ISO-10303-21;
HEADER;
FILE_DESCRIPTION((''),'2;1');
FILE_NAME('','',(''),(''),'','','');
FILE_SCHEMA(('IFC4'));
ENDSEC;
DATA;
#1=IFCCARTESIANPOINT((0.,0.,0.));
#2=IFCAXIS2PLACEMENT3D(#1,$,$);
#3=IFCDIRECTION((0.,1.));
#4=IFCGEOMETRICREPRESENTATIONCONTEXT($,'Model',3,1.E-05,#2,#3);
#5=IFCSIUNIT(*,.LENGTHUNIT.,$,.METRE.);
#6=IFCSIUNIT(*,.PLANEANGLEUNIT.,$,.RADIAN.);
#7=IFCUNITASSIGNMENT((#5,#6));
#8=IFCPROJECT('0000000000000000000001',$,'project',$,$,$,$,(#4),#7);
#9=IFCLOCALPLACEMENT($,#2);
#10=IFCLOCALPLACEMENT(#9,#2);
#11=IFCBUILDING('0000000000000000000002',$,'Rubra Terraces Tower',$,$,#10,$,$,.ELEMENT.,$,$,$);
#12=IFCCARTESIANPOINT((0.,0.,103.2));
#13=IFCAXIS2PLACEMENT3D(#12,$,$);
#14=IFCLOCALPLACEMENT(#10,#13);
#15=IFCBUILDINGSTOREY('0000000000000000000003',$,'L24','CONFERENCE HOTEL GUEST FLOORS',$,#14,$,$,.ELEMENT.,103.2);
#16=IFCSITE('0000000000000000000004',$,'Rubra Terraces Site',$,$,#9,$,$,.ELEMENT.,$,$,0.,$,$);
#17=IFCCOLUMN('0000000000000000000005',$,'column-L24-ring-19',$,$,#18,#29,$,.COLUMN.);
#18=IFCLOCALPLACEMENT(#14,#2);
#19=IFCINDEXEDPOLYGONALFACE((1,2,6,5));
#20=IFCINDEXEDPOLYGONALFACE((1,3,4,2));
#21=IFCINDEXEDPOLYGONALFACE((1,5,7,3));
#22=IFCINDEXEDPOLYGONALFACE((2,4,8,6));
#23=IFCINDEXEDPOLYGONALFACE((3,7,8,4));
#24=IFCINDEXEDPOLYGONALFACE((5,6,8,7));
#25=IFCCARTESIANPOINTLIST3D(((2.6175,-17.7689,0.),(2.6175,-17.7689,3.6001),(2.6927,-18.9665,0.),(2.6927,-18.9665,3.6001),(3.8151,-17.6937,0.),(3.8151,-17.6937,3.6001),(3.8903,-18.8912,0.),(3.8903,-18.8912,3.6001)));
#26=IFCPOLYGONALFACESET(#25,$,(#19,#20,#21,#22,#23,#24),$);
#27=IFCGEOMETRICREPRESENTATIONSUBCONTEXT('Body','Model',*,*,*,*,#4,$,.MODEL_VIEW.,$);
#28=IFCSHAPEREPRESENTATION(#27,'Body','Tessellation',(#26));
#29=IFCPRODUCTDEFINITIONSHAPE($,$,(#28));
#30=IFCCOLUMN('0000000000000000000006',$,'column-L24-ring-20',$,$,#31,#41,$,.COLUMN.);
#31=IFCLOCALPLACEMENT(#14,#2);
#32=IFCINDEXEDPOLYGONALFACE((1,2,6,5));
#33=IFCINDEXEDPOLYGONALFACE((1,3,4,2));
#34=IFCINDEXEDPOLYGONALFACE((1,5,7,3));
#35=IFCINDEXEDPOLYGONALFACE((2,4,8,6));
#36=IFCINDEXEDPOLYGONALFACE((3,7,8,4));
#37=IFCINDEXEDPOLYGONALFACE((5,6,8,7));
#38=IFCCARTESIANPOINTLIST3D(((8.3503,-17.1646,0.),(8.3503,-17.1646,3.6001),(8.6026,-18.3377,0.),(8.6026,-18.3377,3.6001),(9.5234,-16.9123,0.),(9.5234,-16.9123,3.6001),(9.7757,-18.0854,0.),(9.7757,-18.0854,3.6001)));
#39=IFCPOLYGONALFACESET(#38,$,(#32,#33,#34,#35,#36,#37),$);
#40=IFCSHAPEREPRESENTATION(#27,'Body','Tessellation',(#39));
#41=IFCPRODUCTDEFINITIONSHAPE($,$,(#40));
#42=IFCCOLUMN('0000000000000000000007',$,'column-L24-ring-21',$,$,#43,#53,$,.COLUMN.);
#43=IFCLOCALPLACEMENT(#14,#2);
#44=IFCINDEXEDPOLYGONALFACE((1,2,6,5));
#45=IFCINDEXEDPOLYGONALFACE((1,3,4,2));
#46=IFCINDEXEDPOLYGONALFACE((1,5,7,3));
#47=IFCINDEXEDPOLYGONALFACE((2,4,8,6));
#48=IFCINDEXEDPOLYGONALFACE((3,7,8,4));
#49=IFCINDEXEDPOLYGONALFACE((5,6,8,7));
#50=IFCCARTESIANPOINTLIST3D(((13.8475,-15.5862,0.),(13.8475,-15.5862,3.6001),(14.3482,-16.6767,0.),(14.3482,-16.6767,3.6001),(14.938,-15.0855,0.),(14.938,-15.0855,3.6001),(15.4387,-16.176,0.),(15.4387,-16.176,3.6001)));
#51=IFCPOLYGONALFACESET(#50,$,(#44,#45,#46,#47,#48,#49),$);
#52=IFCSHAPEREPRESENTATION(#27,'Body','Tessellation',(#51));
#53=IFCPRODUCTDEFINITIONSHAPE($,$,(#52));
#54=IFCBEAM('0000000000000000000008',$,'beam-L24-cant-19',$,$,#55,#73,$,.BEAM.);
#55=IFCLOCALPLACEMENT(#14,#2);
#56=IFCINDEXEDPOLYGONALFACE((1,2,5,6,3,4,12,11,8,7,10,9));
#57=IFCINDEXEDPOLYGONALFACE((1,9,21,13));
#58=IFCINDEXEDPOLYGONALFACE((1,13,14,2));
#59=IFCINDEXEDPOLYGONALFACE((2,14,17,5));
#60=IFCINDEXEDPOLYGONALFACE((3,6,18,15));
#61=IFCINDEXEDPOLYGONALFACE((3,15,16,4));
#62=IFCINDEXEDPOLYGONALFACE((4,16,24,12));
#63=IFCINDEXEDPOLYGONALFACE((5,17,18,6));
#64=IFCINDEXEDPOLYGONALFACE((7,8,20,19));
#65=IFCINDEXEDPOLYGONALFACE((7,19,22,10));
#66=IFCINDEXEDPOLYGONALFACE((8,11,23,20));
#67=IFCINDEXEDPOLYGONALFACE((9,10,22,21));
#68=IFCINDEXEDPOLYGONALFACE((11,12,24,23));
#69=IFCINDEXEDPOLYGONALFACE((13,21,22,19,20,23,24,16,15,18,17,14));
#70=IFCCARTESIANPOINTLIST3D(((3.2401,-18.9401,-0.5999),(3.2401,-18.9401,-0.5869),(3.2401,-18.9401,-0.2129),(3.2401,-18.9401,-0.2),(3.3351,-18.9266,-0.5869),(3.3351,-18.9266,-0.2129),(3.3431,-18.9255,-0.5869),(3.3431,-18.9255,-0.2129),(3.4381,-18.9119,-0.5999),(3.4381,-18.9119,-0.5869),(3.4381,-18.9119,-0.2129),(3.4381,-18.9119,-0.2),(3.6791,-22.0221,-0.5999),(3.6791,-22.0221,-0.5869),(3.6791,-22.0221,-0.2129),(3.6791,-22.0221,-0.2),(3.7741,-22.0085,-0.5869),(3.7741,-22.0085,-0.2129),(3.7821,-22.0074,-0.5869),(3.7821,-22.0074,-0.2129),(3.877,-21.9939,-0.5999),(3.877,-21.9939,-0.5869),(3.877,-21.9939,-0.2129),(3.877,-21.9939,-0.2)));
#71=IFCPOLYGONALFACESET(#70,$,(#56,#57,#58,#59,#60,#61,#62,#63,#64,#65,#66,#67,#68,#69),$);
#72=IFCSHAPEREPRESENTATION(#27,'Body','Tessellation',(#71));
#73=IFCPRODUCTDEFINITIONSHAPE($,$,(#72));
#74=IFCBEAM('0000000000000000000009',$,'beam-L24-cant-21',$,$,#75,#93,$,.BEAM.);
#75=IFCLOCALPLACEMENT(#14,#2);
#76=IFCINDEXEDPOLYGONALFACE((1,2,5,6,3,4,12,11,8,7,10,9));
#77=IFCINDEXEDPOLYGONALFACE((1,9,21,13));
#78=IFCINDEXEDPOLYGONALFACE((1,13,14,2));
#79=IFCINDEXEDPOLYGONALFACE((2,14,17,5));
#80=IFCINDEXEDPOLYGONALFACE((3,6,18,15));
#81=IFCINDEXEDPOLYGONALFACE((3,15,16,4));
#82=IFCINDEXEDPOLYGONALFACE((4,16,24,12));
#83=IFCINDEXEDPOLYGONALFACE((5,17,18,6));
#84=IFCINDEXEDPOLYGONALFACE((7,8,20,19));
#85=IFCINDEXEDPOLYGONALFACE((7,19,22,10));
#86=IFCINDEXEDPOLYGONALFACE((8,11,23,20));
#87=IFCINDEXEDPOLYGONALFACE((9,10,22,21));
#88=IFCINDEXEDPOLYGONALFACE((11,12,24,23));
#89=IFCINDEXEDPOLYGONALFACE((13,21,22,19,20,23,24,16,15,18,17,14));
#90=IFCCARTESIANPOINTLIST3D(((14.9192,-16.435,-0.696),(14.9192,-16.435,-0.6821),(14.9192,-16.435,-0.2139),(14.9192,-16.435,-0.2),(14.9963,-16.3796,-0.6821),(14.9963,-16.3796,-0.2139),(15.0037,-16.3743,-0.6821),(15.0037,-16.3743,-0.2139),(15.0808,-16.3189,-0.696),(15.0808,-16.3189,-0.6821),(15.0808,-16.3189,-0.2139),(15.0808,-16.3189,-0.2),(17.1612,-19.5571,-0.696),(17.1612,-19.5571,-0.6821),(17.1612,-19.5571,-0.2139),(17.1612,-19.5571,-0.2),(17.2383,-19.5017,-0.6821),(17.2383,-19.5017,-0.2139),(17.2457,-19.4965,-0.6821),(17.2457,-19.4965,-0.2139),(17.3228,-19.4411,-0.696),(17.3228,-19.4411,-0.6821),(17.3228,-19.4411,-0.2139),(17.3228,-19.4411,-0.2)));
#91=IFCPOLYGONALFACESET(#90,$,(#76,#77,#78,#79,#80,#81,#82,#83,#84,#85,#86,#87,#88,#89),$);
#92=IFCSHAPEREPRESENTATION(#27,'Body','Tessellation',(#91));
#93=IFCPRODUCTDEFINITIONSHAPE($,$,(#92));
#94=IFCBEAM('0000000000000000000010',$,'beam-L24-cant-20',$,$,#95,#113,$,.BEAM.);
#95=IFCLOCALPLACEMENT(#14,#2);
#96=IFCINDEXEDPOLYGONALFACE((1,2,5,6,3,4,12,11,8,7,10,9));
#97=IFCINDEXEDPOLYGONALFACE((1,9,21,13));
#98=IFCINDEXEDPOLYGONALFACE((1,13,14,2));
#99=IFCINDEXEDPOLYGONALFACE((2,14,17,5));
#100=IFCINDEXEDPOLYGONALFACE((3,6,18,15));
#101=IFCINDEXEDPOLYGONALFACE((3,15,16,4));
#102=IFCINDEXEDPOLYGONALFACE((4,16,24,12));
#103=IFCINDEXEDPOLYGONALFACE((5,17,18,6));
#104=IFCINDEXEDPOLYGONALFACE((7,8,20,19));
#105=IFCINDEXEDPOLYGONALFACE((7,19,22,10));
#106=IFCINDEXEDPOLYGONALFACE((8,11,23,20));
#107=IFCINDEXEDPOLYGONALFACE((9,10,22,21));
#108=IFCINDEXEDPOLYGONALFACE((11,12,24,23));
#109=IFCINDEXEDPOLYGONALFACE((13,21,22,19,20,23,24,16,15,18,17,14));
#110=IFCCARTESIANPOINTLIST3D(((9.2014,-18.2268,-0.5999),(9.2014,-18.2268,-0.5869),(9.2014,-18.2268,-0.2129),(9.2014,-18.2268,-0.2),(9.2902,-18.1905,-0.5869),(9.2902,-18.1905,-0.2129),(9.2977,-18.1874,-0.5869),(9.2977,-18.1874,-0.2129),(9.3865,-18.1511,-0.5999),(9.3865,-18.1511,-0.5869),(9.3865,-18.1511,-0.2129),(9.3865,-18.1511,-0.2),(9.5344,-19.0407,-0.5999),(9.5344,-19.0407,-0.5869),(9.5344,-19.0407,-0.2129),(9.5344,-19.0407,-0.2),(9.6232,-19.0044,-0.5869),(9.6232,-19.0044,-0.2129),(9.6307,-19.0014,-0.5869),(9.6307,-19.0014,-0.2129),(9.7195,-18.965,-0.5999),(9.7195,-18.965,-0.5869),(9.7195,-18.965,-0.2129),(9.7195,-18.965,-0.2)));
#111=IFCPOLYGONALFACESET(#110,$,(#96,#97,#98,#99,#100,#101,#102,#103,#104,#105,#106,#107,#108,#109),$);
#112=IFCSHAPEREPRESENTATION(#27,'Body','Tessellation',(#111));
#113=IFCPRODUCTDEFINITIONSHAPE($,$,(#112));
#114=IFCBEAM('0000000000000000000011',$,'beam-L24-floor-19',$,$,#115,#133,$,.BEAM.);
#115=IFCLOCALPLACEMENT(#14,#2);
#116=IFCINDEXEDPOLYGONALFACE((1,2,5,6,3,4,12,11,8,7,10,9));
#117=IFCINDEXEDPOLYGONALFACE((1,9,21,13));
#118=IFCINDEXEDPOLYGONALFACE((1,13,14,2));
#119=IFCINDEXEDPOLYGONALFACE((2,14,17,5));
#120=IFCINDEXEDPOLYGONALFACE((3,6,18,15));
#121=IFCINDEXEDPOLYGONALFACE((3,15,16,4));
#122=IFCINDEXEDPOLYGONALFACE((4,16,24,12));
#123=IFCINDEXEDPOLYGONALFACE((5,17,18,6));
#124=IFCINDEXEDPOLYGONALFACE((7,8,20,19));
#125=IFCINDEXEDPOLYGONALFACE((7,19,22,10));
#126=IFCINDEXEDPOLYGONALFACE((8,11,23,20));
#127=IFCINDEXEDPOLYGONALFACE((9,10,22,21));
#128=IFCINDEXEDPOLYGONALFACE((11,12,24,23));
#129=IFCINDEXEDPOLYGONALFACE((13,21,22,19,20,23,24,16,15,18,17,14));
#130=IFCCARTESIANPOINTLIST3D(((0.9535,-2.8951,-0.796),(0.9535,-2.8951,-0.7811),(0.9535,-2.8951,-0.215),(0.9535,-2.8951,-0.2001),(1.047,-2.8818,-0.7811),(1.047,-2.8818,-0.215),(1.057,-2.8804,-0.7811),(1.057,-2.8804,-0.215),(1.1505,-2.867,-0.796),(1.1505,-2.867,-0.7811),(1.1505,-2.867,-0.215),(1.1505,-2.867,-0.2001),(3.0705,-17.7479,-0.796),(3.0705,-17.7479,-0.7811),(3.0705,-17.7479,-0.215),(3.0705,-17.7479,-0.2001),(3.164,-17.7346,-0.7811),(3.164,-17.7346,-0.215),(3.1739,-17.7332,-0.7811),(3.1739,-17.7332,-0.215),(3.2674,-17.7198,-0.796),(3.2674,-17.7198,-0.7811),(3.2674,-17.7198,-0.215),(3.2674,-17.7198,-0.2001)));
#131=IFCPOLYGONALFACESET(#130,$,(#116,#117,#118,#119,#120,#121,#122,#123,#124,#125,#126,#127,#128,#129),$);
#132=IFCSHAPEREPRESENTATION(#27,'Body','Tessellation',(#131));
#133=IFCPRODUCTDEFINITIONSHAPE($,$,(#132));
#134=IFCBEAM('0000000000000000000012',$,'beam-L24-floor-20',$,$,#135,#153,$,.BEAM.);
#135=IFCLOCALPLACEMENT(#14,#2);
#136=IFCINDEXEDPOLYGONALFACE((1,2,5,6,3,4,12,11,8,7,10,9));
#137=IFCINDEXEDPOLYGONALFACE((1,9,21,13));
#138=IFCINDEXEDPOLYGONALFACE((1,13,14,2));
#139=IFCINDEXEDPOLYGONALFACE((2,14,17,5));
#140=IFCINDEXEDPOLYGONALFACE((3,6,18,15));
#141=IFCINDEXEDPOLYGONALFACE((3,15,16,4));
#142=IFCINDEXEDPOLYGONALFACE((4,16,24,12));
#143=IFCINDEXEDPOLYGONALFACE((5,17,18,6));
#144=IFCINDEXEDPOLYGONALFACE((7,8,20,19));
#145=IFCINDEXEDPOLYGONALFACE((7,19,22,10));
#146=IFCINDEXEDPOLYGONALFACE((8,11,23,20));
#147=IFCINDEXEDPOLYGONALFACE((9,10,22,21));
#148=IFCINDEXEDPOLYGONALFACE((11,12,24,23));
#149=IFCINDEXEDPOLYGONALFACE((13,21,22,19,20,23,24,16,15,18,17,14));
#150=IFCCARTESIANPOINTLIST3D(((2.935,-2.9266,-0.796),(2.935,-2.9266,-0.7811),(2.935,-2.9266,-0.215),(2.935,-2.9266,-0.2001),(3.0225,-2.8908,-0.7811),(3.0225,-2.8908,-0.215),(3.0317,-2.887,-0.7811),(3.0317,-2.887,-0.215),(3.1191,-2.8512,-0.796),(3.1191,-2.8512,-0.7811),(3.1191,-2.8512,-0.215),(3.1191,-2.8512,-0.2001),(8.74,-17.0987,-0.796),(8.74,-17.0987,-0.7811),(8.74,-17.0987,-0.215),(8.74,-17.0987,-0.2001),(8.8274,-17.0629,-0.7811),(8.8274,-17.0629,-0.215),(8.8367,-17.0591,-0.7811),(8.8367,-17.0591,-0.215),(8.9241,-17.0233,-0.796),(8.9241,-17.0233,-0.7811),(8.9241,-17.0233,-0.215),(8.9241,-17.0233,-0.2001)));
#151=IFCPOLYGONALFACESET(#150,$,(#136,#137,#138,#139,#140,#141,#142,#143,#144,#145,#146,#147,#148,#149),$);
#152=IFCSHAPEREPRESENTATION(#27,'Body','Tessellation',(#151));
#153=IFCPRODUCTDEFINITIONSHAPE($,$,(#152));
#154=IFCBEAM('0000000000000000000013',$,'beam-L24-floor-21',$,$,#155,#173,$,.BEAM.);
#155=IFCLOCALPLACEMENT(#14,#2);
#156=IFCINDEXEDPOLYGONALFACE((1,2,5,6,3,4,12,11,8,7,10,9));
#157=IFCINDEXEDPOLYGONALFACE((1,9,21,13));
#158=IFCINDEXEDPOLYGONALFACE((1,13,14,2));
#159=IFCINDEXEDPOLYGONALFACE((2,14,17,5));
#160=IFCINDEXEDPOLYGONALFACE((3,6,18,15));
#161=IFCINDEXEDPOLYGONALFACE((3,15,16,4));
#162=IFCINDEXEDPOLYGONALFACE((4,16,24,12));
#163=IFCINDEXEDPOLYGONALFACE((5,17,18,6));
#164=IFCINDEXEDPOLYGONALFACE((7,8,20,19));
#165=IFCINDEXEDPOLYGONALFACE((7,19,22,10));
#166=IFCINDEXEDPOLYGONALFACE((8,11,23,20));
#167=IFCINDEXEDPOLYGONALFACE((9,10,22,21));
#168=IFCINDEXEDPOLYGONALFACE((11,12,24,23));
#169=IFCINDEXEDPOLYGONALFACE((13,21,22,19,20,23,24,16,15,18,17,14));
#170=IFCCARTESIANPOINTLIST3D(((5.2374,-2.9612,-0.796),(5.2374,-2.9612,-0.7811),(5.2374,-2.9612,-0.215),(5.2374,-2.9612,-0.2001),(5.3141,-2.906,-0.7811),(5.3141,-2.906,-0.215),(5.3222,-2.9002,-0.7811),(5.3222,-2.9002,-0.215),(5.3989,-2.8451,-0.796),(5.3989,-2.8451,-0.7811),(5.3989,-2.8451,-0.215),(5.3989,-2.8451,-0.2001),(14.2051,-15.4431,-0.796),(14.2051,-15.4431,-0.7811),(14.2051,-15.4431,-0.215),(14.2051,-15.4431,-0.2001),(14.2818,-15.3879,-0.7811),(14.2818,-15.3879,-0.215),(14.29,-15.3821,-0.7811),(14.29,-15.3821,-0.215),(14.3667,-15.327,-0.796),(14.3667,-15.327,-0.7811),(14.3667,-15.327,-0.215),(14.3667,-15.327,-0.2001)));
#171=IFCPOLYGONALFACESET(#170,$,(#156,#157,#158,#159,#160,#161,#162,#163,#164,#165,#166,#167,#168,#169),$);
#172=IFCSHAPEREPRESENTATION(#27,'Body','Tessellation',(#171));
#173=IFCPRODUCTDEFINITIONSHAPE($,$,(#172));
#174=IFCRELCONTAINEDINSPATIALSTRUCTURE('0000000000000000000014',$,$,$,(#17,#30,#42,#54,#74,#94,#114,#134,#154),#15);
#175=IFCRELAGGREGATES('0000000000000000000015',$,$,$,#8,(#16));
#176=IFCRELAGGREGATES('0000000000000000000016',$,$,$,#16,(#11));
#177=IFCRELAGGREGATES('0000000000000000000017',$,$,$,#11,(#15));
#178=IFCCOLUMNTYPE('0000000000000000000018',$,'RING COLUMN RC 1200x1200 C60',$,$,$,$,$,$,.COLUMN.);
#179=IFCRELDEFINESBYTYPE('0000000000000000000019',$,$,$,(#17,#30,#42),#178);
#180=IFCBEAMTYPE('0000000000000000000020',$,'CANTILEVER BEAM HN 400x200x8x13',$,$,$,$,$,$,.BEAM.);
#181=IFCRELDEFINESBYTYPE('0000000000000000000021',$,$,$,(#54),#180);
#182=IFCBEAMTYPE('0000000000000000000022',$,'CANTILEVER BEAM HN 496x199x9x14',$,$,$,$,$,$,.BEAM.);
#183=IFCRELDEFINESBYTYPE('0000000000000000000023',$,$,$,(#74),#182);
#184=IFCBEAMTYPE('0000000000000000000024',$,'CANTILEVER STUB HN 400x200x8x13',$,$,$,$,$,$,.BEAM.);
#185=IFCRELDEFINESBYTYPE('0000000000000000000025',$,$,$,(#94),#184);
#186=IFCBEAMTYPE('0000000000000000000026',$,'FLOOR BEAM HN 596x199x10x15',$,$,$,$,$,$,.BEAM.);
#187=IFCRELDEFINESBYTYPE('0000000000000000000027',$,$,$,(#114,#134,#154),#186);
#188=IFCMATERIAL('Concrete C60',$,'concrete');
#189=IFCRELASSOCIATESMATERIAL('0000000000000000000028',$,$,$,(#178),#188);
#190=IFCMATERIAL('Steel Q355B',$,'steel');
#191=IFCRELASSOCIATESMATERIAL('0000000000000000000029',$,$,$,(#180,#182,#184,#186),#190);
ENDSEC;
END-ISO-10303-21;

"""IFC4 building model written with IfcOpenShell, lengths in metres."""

from ifc_helpers import new_model, si_unit, direction, frame, origin, origin_2d, place, context, subcontext, project, spatial, rectangle, i_section, extrude, material, material_profile, profile_set, type_object, element, save


model = new_model("IFC4")

# Units and contexts
model_context = context("Model", 3, precision=1e-05, world=origin(), true_north=direction((0.0, 1.0)))
body_context = subcontext(model_context, "Body", "Model", "MODEL_VIEW")
ifc_project = project(units=[si_unit("LENGTHUNIT", "METRE"), si_unit("PLANEANGLEUNIT", "RADIAN")], contexts=[model_context])

# Site, building, storey
site_placement = place(None, origin())
site = spatial("IfcSite", under=ifc_project, at=site_placement, Name="Rubra Terraces Site", CompositionType="ELEMENT", RefElevation=0.0)
building_placement = place(site_placement, origin())
building = spatial("IfcBuilding", under=site, at=building_placement, Name="Rubra Terraces Tower", CompositionType="ELEMENT")
storey_placement = place(building_placement, frame((0.0, 0.0, 103.2)))
storey = spatial("IfcBuildingStorey", under=building, at=storey_placement, Name="L24", Description="CONFERENCE HOTEL GUEST FLOORS", CompositionType="ELEMENT", Elevation=103.2)

# Columns
ifc_material_1 = material(Name="Concrete C60", Category="concrete")
ifc_material_profile_1 = material_profile(ifc_material_1, rectangle(XDim=1.2, YDim=1.2, at=origin_2d()), Name="RC 1200x1200")
ifc_profile_set_1 = profile_set([ifc_material_profile_1], Name="Concrete C60")
column_type = type_object("IfcColumnType", Name="RING COLUMN RC 1200x1200 C60", PredefinedType="COLUMN", material=ifc_profile_set_1)
for number, where, z_axis, x_axis, name in (
    (1, (3.2539, -18.3301, 0.0), (0.0, 0.0, 1.0), (0.998032, 0.062714, 0.0), "column-L24-ring-19"),
    (2, (9.063, -17.625, 0.0), (0.0, 0.0, 1.0), (0.977653, 0.210227, 0.0), "column-L24-ring-20"),
    (3, (14.6431, -15.8811, 0.0), (0.0, 0.0, 1.0), (0.908779, 0.417279, 0.0), "column-L24-ring-21"),
):
    element("IfcColumn", number, at=place(storey_placement, frame(where, z_axis=z_axis, x_axis=x_axis)), inside=storey, type_object=column_type, Name=name, PredefinedType="COLUMN", context=body_context, shape_type="SweptSolid", body=[
        extrude(rectangle(XDim=1.2, YDim=1.2, at=origin_2d()), origin(), (0.0, 0.0, 1.0), 3.6001),
    ])

# Beams
ifc_material_2 = material(Name="Steel Q355B", Category="steel")
ifc_material_profile_2 = material_profile(ifc_material_2, i_section(OverallWidth=0.2, OverallDepth=0.3999, WebThickness=0.0081, FlangeThickness=0.0129, at=origin_2d()), Name="HN 400x200x8x13")
ifc_profile_set_2 = profile_set([ifc_material_profile_2], Name="Steel Q355B")
beam_type_1 = type_object("IfcBeamType", Name="CANTILEVER BEAM HN 400x200x8x13", PredefinedType="BEAM", material=ifc_profile_set_2)
beam_1_placement = place(storey_placement, frame((3.3391, -18.926, -0.3999), z_axis=(0.141004, -0.990009, 0.0), x_axis=(0.990009, 0.141004, 0.0)))
element("IfcBeam", 4, at=beam_1_placement, inside=storey, type_object=beam_type_1, Name="beam-L24-cant-19", PredefinedType="BEAM", context=body_context, shape_type="SweptSolid", body=[
    extrude(i_section(OverallWidth=0.2, OverallDepth=0.3999, WebThickness=0.0081, FlangeThickness=0.0129, at=origin_2d()), origin(), (0.0, 0.0, 1.0), 3.113),
])
ifc_material_profile_3 = material_profile(ifc_material_2, i_section(OverallWidth=0.199, OverallDepth=0.4961, WebThickness=0.009, FlangeThickness=0.0139, at=origin_2d()), Name="HN 496x199x9x14")
ifc_profile_set_3 = profile_set([ifc_material_profile_3], Name="Steel Q355B")
beam_type_2 = type_object("IfcBeamType", Name="CANTILEVER BEAM HN 496x199x9x14", PredefinedType="BEAM", material=ifc_profile_set_3)
beam_2_placement = place(storey_placement, frame((15.0, -16.377, -0.448), z_axis=(0.583285, -0.812267, 0.0), x_axis=(0.812267, 0.583285, 0.0)))
element("IfcBeam", 5, at=beam_2_placement, inside=storey, type_object=beam_type_2, Name="beam-L24-cant-21", PredefinedType="BEAM", context=body_context, shape_type="SweptSolid", body=[
    extrude(i_section(OverallWidth=0.199, OverallDepth=0.4961, WebThickness=0.009, FlangeThickness=0.0139, at=origin_2d()), origin(), (0.0, 0.0, 1.0), 3.8438),
])
ifc_material_profile_4 = material_profile(ifc_material_2, i_section(OverallWidth=0.2, OverallDepth=0.3999, WebThickness=0.0081, FlangeThickness=0.0129, at=origin_2d()), Name="HN 400x200x8x13")
ifc_profile_set_4 = profile_set([ifc_material_profile_4], Name="Steel Q355B")
beam_type_3 = type_object("IfcBeamType", Name="CANTILEVER STUB HN 400x200x8x13", PredefinedType="BEAM", material=ifc_profile_set_4)
beam_3_placement = place(storey_placement, frame((9.2939, -18.189, -0.3999), z_axis=(0.378654, -0.925538, 0.0), x_axis=(0.925538, 0.378654, 0.0)))
element("IfcBeam", 6, at=beam_3_placement, inside=storey, type_object=beam_type_3, Name="beam-L24-cant-20", PredefinedType="BEAM", context=body_context, shape_type="SweptSolid", body=[
    extrude(i_section(OverallWidth=0.2, OverallDepth=0.3999, WebThickness=0.0081, FlangeThickness=0.0129, at=origin_2d()), origin(), (0.0, 0.0, 1.0), 0.8794),
])
ifc_material_profile_5 = material_profile(ifc_material_2, i_section(OverallWidth=0.199, OverallDepth=0.5959, WebThickness=0.01, FlangeThickness=0.0149, at=origin_2d()), Name="HN 596x199x10x15")
ifc_profile_set_5 = profile_set([ifc_material_profile_5], Name="Steel Q355B")
beam_type_4 = type_object("IfcBeamType", Name="FLOOR BEAM HN 596x199x10x15", PredefinedType="BEAM", material=ifc_profile_set_5)
beam_4_placement = place(storey_placement, frame((3.1689, -17.7339, -0.498), z_axis=(-0.141102, 0.989995, 0.0), x_axis=(-0.989995, -0.141102, 0.0)))
element("IfcBeam", 7, at=beam_4_placement, inside=storey, type_object=beam_type_4, Name="beam-L24-floor-19", PredefinedType="BEAM", context=body_context, shape_type="SweptSolid", body=[
    extrude(i_section(OverallWidth=0.199, OverallDepth=0.5959, WebThickness=0.01, FlangeThickness=0.0149, at=origin_2d()), origin(), (0.0, 0.0, 1.0), 15.0029),
])
beam_5_placement = place(storey_placement, frame((8.832, -17.061, -0.498), z_axis=(-0.379038, 0.925381, 0.0), x_axis=(-0.925381, -0.379038, 0.0)))
element("IfcBeam", 8, at=beam_5_placement, inside=storey, type_object=beam_type_4, Name="beam-L24-floor-20", PredefinedType="BEAM", context=body_context, shape_type="SweptSolid", body=[
    extrude(i_section(OverallWidth=0.199, OverallDepth=0.5959, WebThickness=0.01, FlangeThickness=0.0149, at=origin_2d()), origin(), (0.0, 0.0, 1.0), 15.3149),
])
beam_6_placement = place(storey_placement, frame((14.2859, -15.385, -0.498), z_axis=(-0.583481, 0.812127, 0.0), x_axis=(-0.812127, -0.583481, 0.0)))
element("IfcBeam", 9, at=beam_6_placement, inside=storey, type_object=beam_type_4, Name="beam-L24-floor-21", PredefinedType="BEAM", context=body_context, shape_type="SweptSolid", body=[
    extrude(i_section(OverallWidth=0.199, OverallDepth=0.5959, WebThickness=0.01, FlangeThickness=0.0149, at=origin_2d()), origin(), (0.0, 0.0, 1.0), 15.3694),
])

save(model, "model.ifc")
